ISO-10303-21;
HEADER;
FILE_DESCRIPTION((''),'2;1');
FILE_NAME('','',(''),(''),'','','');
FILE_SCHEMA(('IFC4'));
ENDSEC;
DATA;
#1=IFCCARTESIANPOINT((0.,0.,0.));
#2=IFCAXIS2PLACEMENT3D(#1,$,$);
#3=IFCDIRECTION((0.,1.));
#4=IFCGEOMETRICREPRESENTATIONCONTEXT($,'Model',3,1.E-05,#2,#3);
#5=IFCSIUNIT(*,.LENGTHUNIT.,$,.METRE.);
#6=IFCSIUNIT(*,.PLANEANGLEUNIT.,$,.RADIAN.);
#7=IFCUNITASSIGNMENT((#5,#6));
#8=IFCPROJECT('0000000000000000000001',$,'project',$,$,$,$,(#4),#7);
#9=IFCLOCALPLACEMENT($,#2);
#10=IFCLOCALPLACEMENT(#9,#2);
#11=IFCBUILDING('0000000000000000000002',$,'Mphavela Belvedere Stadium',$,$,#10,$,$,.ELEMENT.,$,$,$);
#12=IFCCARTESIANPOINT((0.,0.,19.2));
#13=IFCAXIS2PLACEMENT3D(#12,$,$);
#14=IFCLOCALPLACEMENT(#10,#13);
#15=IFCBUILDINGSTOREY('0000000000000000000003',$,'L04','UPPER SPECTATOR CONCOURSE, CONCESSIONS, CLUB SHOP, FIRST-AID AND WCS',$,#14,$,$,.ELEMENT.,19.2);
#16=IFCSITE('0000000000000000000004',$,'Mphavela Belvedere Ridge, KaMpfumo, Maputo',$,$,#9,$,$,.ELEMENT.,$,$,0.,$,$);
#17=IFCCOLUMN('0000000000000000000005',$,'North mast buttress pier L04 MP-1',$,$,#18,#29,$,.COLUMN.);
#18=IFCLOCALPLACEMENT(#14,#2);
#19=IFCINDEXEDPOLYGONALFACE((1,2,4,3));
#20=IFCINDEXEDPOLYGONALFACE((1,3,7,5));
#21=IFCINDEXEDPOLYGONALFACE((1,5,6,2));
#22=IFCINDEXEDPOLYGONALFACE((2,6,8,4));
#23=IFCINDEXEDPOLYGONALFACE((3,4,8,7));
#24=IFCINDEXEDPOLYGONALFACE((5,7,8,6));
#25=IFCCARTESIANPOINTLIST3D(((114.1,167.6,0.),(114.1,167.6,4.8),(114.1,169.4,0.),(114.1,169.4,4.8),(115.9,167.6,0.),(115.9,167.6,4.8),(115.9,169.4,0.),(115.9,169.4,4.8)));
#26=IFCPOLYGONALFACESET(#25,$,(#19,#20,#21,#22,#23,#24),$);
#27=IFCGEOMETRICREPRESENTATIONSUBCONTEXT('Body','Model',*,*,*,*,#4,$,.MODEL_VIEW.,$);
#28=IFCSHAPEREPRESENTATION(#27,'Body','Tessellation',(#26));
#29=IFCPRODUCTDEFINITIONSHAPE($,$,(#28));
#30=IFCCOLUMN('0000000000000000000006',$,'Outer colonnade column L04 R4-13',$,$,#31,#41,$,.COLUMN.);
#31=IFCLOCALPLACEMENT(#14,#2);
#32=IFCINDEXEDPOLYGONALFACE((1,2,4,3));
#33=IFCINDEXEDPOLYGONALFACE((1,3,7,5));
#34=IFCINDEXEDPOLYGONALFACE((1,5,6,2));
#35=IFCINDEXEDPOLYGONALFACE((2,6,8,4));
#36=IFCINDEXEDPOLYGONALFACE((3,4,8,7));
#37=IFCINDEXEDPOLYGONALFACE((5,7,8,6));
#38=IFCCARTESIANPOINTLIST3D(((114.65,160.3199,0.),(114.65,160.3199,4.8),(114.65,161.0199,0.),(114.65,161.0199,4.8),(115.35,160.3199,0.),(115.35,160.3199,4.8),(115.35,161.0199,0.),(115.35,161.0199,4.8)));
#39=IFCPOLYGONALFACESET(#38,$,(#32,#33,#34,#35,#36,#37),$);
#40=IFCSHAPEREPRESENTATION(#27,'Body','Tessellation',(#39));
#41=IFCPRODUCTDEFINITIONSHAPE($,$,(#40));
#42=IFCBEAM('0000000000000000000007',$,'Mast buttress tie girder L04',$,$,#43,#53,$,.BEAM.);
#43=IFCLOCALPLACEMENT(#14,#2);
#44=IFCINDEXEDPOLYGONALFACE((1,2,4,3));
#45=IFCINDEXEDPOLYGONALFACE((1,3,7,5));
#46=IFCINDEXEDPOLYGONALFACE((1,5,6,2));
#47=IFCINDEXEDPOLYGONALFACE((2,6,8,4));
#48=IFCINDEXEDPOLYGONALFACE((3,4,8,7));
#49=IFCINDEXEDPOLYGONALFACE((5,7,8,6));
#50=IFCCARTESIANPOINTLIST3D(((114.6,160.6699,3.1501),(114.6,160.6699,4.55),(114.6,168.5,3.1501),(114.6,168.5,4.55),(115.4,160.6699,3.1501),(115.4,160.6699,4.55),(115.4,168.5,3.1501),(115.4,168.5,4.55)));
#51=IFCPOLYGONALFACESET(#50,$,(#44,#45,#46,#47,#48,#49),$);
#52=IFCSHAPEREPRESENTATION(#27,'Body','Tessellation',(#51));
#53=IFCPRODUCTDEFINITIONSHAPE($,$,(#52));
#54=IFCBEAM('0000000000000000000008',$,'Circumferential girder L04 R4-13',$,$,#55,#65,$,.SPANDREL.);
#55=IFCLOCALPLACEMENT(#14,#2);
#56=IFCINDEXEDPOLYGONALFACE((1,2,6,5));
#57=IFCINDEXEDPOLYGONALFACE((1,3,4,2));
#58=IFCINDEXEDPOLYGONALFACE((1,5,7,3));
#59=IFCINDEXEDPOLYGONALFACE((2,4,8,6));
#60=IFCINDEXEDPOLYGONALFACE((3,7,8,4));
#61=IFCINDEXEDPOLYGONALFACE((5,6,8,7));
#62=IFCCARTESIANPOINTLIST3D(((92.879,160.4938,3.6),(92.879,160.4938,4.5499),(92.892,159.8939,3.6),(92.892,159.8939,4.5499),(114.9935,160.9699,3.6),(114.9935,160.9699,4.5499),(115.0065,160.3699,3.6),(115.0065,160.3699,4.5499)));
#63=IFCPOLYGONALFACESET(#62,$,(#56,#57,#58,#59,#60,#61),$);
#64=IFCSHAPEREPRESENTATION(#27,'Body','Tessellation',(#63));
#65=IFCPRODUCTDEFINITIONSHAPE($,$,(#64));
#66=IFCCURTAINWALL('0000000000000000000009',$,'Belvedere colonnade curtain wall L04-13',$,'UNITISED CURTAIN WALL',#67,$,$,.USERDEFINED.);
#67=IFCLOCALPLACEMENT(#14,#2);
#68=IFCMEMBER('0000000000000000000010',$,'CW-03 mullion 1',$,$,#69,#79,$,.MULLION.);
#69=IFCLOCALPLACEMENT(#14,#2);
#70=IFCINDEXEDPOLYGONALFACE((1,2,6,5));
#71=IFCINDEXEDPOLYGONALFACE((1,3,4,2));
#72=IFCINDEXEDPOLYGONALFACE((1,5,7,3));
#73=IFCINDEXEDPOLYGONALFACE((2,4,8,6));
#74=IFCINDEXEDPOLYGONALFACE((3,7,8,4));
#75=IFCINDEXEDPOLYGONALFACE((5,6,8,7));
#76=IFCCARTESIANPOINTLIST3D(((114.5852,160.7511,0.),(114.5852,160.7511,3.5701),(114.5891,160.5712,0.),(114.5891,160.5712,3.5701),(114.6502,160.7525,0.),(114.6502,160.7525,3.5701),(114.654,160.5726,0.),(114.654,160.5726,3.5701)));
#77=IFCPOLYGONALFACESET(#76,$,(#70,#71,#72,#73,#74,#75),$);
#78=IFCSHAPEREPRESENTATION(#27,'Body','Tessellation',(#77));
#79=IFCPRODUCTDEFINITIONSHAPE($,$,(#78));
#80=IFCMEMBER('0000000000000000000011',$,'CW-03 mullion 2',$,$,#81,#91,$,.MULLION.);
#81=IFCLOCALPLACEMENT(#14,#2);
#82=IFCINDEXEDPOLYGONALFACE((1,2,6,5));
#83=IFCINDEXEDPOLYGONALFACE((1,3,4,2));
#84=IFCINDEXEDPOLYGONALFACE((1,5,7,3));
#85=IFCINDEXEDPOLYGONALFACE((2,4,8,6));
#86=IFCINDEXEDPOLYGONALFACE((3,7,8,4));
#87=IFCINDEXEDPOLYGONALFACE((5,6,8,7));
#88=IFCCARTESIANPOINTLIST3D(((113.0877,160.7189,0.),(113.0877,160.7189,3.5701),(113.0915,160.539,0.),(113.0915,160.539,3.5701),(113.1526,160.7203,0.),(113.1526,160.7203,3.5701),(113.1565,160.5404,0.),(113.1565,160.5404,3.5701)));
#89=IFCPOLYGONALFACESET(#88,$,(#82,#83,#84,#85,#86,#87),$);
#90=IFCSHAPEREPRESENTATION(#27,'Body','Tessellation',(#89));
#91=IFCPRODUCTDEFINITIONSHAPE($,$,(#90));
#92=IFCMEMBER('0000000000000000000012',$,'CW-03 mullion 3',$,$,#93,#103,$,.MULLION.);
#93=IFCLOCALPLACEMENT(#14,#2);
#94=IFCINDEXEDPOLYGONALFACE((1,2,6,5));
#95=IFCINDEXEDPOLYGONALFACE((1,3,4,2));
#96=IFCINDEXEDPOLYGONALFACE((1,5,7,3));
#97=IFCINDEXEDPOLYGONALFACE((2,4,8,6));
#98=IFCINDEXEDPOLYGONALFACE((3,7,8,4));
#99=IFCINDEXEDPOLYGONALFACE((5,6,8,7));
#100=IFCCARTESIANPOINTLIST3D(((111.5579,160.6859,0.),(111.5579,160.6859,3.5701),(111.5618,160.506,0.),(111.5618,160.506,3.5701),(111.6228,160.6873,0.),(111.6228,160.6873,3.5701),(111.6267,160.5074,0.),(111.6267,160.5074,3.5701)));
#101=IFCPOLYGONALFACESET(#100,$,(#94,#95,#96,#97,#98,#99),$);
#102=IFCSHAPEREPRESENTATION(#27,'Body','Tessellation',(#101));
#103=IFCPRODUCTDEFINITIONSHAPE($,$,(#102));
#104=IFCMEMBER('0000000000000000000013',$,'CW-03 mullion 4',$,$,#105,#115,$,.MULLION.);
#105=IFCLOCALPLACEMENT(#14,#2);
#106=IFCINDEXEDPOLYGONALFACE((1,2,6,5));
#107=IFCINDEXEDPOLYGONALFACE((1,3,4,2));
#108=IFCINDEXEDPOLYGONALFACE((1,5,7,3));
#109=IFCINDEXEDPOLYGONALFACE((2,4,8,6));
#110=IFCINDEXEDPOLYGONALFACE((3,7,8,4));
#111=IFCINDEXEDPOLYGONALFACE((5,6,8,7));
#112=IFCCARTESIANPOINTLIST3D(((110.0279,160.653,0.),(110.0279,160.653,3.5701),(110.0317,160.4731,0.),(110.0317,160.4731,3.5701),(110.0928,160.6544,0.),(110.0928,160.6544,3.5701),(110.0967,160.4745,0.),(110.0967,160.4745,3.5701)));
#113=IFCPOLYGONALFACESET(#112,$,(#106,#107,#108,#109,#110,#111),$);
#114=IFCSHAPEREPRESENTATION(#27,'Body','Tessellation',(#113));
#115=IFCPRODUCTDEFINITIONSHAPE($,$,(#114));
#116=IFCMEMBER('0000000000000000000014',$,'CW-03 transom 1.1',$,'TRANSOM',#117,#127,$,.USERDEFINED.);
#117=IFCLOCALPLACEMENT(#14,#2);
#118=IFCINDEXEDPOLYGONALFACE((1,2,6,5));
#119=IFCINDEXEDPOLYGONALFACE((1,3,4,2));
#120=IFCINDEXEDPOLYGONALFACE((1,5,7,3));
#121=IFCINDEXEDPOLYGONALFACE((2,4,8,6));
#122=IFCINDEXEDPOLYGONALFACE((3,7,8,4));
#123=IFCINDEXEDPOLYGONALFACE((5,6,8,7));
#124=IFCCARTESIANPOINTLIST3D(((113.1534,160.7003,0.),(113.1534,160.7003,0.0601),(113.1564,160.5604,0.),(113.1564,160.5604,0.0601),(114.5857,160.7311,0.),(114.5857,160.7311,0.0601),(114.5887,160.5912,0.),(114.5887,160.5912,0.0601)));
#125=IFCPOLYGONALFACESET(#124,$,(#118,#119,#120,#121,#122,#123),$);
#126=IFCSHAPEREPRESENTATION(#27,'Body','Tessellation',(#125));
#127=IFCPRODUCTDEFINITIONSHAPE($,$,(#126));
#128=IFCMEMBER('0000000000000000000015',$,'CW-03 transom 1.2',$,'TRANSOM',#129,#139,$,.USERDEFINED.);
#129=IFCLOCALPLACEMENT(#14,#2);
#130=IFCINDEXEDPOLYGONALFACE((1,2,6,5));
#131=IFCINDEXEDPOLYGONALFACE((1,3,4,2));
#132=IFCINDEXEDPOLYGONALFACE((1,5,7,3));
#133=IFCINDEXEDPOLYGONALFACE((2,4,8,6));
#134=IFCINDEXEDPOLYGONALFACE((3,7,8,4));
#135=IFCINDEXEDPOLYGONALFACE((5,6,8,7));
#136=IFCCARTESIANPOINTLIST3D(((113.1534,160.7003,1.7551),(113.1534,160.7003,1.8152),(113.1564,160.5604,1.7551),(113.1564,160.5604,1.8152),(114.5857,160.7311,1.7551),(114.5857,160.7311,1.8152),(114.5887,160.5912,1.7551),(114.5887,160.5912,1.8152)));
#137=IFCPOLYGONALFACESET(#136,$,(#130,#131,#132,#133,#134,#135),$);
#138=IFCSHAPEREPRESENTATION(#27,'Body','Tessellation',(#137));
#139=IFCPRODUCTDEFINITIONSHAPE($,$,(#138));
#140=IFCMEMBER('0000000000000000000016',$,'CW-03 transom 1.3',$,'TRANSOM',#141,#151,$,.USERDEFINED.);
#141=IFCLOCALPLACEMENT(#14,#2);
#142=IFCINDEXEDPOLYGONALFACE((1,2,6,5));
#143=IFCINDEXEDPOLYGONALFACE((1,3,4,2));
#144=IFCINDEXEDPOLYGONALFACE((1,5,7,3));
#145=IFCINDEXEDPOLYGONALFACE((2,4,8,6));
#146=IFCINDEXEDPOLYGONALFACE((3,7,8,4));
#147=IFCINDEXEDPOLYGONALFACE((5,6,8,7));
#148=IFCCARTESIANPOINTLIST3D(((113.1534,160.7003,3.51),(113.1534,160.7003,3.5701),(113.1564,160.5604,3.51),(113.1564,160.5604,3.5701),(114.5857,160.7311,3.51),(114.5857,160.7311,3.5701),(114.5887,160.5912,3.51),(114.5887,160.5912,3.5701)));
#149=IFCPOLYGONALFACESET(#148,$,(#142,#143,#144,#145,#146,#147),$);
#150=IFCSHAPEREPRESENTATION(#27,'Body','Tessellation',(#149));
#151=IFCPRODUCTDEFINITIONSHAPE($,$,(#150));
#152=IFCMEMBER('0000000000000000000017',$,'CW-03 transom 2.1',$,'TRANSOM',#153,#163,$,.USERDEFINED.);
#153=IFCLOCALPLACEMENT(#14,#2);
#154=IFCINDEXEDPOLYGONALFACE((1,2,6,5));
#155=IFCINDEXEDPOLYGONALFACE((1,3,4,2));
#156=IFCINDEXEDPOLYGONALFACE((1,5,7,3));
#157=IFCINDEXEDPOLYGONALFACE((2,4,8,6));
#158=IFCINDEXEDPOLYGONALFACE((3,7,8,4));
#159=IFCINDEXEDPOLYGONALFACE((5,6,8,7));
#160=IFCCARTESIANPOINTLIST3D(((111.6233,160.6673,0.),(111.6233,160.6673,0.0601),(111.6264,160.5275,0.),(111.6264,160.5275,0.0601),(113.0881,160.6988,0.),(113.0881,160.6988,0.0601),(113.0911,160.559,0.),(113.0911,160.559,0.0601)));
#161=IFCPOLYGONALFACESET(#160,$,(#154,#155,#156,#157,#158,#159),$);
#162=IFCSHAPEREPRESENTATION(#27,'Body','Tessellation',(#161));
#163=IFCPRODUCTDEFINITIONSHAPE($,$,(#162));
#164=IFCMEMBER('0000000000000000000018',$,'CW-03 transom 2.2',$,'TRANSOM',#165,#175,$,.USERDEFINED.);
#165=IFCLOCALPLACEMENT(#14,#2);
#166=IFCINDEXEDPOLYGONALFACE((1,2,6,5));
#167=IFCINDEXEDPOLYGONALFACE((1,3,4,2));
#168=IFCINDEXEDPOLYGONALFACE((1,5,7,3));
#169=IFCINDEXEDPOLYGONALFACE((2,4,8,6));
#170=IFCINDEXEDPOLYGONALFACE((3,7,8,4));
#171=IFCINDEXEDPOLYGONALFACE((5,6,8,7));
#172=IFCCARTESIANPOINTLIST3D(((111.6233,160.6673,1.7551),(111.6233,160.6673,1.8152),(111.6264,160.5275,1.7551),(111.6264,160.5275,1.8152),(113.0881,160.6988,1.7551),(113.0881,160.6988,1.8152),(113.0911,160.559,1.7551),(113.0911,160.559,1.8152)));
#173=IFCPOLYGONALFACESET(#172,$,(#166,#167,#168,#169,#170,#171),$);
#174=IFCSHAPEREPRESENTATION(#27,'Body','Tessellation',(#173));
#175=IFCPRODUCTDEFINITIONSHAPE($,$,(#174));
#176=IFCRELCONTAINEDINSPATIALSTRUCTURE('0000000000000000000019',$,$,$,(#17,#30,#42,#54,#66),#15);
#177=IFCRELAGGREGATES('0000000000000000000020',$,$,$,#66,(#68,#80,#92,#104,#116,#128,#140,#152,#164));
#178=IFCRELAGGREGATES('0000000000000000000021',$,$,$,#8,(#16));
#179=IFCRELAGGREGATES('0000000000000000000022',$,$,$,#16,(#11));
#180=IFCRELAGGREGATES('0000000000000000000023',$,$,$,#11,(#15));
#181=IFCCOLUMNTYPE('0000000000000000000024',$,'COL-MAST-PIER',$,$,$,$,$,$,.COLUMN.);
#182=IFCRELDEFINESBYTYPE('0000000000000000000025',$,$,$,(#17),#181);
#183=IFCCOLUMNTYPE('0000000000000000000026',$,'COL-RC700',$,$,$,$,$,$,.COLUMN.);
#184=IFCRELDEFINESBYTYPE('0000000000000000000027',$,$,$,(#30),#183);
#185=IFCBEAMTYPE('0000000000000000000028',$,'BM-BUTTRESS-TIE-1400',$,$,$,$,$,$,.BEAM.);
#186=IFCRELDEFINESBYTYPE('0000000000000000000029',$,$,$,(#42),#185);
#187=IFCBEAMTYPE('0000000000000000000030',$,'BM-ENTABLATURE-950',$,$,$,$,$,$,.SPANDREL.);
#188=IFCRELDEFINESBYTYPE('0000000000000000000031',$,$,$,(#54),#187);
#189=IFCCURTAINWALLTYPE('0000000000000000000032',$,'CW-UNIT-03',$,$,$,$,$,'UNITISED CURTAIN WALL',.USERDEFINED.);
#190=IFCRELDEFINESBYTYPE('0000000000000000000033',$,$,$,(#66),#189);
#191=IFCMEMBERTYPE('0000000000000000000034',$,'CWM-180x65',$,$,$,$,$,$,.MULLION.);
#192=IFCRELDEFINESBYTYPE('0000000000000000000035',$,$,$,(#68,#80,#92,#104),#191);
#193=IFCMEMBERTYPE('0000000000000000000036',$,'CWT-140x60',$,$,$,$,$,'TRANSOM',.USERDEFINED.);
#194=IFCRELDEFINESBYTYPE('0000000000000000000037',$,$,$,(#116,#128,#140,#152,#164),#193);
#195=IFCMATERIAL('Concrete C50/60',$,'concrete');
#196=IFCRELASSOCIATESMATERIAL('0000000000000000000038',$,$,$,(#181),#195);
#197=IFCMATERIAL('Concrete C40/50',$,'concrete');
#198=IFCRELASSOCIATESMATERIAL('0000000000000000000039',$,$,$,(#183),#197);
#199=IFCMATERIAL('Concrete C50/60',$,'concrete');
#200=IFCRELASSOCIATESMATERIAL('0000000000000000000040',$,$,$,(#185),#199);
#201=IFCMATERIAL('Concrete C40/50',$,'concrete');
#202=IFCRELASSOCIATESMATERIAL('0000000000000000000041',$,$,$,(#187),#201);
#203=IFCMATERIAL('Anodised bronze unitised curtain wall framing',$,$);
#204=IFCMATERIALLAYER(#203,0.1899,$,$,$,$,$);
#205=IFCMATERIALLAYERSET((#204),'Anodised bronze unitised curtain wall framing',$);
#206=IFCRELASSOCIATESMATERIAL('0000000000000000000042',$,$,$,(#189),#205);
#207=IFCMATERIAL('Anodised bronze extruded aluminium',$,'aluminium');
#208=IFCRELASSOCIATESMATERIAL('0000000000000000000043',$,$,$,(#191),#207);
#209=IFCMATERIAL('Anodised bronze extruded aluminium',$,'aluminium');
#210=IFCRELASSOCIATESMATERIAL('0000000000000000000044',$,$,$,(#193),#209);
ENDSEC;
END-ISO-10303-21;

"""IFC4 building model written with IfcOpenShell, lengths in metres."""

from ifc_helpers import new_model, si_unit, direction, frame, origin, origin_2d, place, context, subcontext, project, spatial, rectangle, extrude, material, layer, layer_set, material_profile, profile_set, type_object, element, aggregate, save


model = new_model("IFC4")

# Units and contexts
model_context = context("Model", 3, precision=1e-05, world=origin(), true_north=direction((0.0, 1.0)))
body_context = subcontext(model_context, "Body", "Model", "MODEL_VIEW")
ifc_project = project(units=[si_unit("LENGTHUNIT", "METRE"), si_unit("PLANEANGLEUNIT", "RADIAN")], contexts=[model_context])

# Site, building, storey
site_placement = place(None, origin())
site = spatial("IfcSite", under=ifc_project, at=site_placement, Name="Mphavela Belvedere Ridge, KaMpfumo, Maputo", CompositionType="ELEMENT", RefElevation=0.0)
building_placement = place(site_placement, origin())
building = spatial("IfcBuilding", under=site, at=building_placement, Name="Mphavela Belvedere Stadium", CompositionType="ELEMENT")
storey_placement = place(building_placement, frame((0.0, 0.0, 19.2)))
storey = spatial("IfcBuildingStorey", under=building, at=storey_placement, Name="L04", Description="UPPER SPECTATOR CONCOURSE, CONCESSIONS, CLUB SHOP, FIRST-AID AND WCS", CompositionType="ELEMENT", Elevation=19.2)

# Columns
ifc_material_1 = material(Name="Concrete C50/60", Category="concrete")
ifc_material_profile_1 = material_profile(ifc_material_1, rectangle(XDim=1.8, YDim=1.8, at=origin_2d()), Name="RC 1800x1800")
ifc_profile_set_1 = profile_set([ifc_material_profile_1], Name="Concrete C50/60")
column_type_1 = type_object("IfcColumnType", Name="COL-MAST-PIER", PredefinedType="COLUMN", material=ifc_profile_set_1)
column_1_placement = place(storey_placement, frame((115.0, 168.5, 0.0), z_axis=(0.0, 0.0, 1.0), x_axis=(1.0, 0.0, 0.0)))
element("IfcColumn", 1, at=column_1_placement, inside=storey, type_object=column_type_1, Name="North mast buttress pier L04 MP-1", PredefinedType="COLUMN", context=body_context, shape_type="SweptSolid", body=[
    extrude(rectangle(XDim=1.8, YDim=1.8, at=origin_2d()), origin(), (0.0, 0.0, 1.0), 4.8),
])
ifc_material_2 = material(Name="Concrete C40/50", Category="concrete")
ifc_material_profile_2 = material_profile(ifc_material_2, rectangle(XDim=0.7, YDim=0.7, at=origin_2d()), Name="RC 700x700")
ifc_profile_set_2 = profile_set([ifc_material_profile_2], Name="Concrete C40/50")
column_type_2 = type_object("IfcColumnType", Name="COL-RC700", PredefinedType="COLUMN", material=ifc_profile_set_2)
column_2_placement = place(storey_placement, frame((115.0, 160.6699, 0.0), z_axis=(0.0, 0.0, 1.0), x_axis=(0.0, 1.0, 0.0)))
element("IfcColumn", 2, at=column_2_placement, inside=storey, type_object=column_type_2, Name="Outer colonnade column L04 R4-13", PredefinedType="COLUMN", context=body_context, shape_type="SweptSolid", body=[
    extrude(rectangle(XDim=0.7, YDim=0.7, at=origin_2d()), origin(), (0.0, 0.0, 1.0), 4.8),
])

# Beams
ifc_material_3 = material(Name="Concrete C50/60", Category="concrete")
ifc_material_profile_3 = material_profile(ifc_material_3, rectangle(XDim=0.8, YDim=1.3999, at=origin_2d()), Name="RC 800x1400")
ifc_profile_set_3 = profile_set([ifc_material_profile_3], Name="Concrete C50/60")
beam_type_1 = type_object("IfcBeamType", Name="BM-BUTTRESS-TIE-1400", PredefinedType="BEAM", material=ifc_profile_set_3)
beam_1_placement = place(storey_placement, frame((115.0, 160.6699, 3.8501), z_axis=(0.0, 1.0, 0.0), x_axis=(-1.0, 0.0, 0.0)))
element("IfcBeam", 3, at=beam_1_placement, inside=storey, type_object=beam_type_1, Name="Mast buttress tie girder L04", PredefinedType="BEAM", context=body_context, shape_type="SweptSolid", body=[
    extrude(rectangle(XDim=0.8, YDim=1.3999, at=origin_2d()), origin(), (0.0, 0.0, 1.0), 7.8301),
])
ifc_material_4 = material(Name="Concrete C40/50", Category="concrete")
ifc_material_profile_4 = material_profile(ifc_material_4, rectangle(XDim=0.6001, YDim=0.95, at=origin_2d()), Name="RC 600x950")
ifc_profile_set_4 = profile_set([ifc_material_profile_4], Name="Concrete C40/50")
beam_type_2 = type_object("IfcBeamType", Name="BM-ENTABLATURE-950", PredefinedType="SPANDREL", material=ifc_profile_set_4)
beam_2_placement = place(storey_placement, frame((115.0, 160.6699, 4.075), z_axis=(-0.999768, -0.021523, 0.0), x_axis=(0.021523, -0.999768, 0.0)))
element("IfcBeam", 4, at=beam_2_placement, inside=storey, type_object=beam_type_2, Name="Circumferential girder L04 R4-13", PredefinedType="SPANDREL", context=body_context, shape_type="SweptSolid", body=[
    extrude(rectangle(XDim=0.6001, YDim=0.95, at=origin_2d()), origin(), (0.0, 0.0, 1.0), 22.1196),
])

# Curtain wall, members
ifc_material_5 = material(Name="Anodised bronze unitised curtain wall framing")
ifc_layer_1 = layer(ifc_material_5, 0.1899)
ifc_layer_set_1 = layer_set([ifc_layer_1], Name="Anodised bronze unitised curtain wall framing")
curtain_wall_type = type_object("IfcCurtainWallType", Name="CW-UNIT-03", ElementType="UNITISED CURTAIN WALL", PredefinedType="USERDEFINED", material=ifc_layer_set_1)
curtain_wall_placement = place(storey_placement, origin())
curtain_wall = element("IfcCurtainWall", 5, at=curtain_wall_placement, inside=storey, type_object=curtain_wall_type, Name="Belvedere colonnade curtain wall L04-13", ObjectType="UNITISED CURTAIN WALL", PredefinedType="USERDEFINED")
ifc_material_6 = material(Name="Anodised bronze extruded aluminium", Category="aluminium")
ifc_material_profile_5 = material_profile(ifc_material_6, rectangle(XDim=0.1799, YDim=0.0649, at=origin_2d()), Name="CW-MUL 180x65")
ifc_profile_set_5 = profile_set([ifc_material_profile_5], Name="Anodised bronze extruded aluminium")
member_type_1 = type_object("IfcMemberType", Name="CWM-180x65", PredefinedType="MULLION", material=ifc_profile_set_5)
member_1_placement = place(storey_placement, frame((114.6196, 160.6619, 0.0), z_axis=(0.0, 0.0, 1.0), x_axis=(0.021527, -0.999768, 0.0)))
member_1 = element("IfcMember", 6, at=member_1_placement, type_object=member_type_1, Name="CW-03 mullion 1", PredefinedType="MULLION", context=body_context, shape_type="SweptSolid", body=[
    extrude(rectangle(XDim=0.1799, YDim=0.0649, at=origin_2d()), origin(), (0.0, 0.0, 1.0), 3.5701),
])
member_2_placement = place(storey_placement, frame((113.1221, 160.6296, 0.0), z_axis=(0.0, 0.0, 1.0), x_axis=(0.021527, -0.999768, 0.0)))
member_2 = element("IfcMember", 7, at=member_2_placement, type_object=member_type_1, Name="CW-03 mullion 2", PredefinedType="MULLION", context=body_context, shape_type="SweptSolid", body=[
    extrude(rectangle(XDim=0.1799, YDim=0.0649, at=origin_2d()), origin(), (0.0, 0.0, 1.0), 3.5701),
])
member_3_placement = place(storey_placement, frame((111.5923, 160.5967, 0.0), z_axis=(0.0, 0.0, 1.0), x_axis=(0.021527, -0.999768, 0.0)))
member_3 = element("IfcMember", 8, at=member_3_placement, type_object=member_type_1, Name="CW-03 mullion 3", PredefinedType="MULLION", context=body_context, shape_type="SweptSolid", body=[
    extrude(rectangle(XDim=0.1799, YDim=0.0649, at=origin_2d()), origin(), (0.0, 0.0, 1.0), 3.5701),
])
member_4_placement = place(storey_placement, frame((110.0623, 160.5637, 0.0), z_axis=(0.0, 0.0, 1.0), x_axis=(0.021527, -0.999768, 0.0)))
member_4 = element("IfcMember", 9, at=member_4_placement, type_object=member_type_1, Name="CW-03 mullion 4", PredefinedType="MULLION", context=body_context, shape_type="SweptSolid", body=[
    extrude(rectangle(XDim=0.1799, YDim=0.0649, at=origin_2d()), origin(), (0.0, 0.0, 1.0), 3.5701),
])
ifc_material_7 = material(Name="Anodised bronze extruded aluminium", Category="aluminium")
ifc_material_profile_6 = material_profile(ifc_material_7, rectangle(XDim=0.1399, YDim=0.0601, at=origin_2d()), Name="CW-TRN 140x60")
ifc_profile_set_6 = profile_set([ifc_material_profile_6], Name="Anodised bronze extruded aluminium")
member_type_2 = type_object("IfcMemberType", Name="CWT-140x60", ElementType="TRANSOM", PredefinedType="USERDEFINED", material=ifc_profile_set_6)
member_5_placement = place(storey_placement, frame((114.5872, 160.6611, 0.03), z_axis=(-0.999769, -0.021471, 0.0), x_axis=(0.021471, -0.999769, 0.0)))
member_5 = element("IfcMember", 10, at=member_5_placement, type_object=member_type_2, Name="CW-03 transom 1.1", ObjectType="TRANSOM", PredefinedType="USERDEFINED", context=body_context, shape_type="SweptSolid", body=[
    extrude(rectangle(XDim=0.1399, YDim=0.0601, at=origin_2d()), origin(), (0.0, 0.0, 1.0), 1.4326),
])
member_6_placement = place(storey_placement, frame((114.5872, 160.6611, 1.7852), z_axis=(-0.999769, -0.021471, 0.0), x_axis=(0.021471, -0.999769, 0.0)))
member_6 = element("IfcMember", 11, at=member_6_placement, type_object=member_type_2, Name="CW-03 transom 1.2", ObjectType="TRANSOM", PredefinedType="USERDEFINED", context=body_context, shape_type="SweptSolid", body=[
    extrude(rectangle(XDim=0.1399, YDim=0.0601, at=origin_2d()), origin(), (0.0, 0.0, 1.0), 1.4326),
])
member_7_placement = place(storey_placement, frame((114.5872, 160.6611, 3.54), z_axis=(-0.999769, -0.021471, 0.0), x_axis=(0.021471, -0.999769, 0.0)))
member_7 = element("IfcMember", 12, at=member_7_placement, type_object=member_type_2, Name="CW-03 transom 1.3", ObjectType="TRANSOM", PredefinedType="USERDEFINED", context=body_context, shape_type="SweptSolid", body=[
    extrude(rectangle(XDim=0.1399, YDim=0.0601, at=origin_2d()), origin(), (0.0, 0.0, 1.0), 1.4326),
])
member_8_placement = place(storey_placement, frame((113.0896, 160.6289, 0.03), z_axis=(-0.999769, -0.021495, 0.0), x_axis=(0.021495, -0.999769, 0.0)))
member_8 = element("IfcMember", 13, at=member_8_placement, type_object=member_type_2, Name="CW-03 transom 2.1", ObjectType="TRANSOM", PredefinedType="USERDEFINED", context=body_context, shape_type="SweptSolid", body=[
    extrude(rectangle(XDim=0.1399, YDim=0.0601, at=origin_2d()), origin(), (0.0, 0.0, 1.0), 1.4651),
])
member_9_placement = place(storey_placement, frame((113.0896, 160.6289, 1.7852), z_axis=(-0.999769, -0.021495, 0.0), x_axis=(0.021495, -0.999769, 0.0)))
member_9 = element("IfcMember", 14, at=member_9_placement, type_object=member_type_2, Name="CW-03 transom 2.2", ObjectType="TRANSOM", PredefinedType="USERDEFINED", context=body_context, shape_type="SweptSolid", body=[
    extrude(rectangle(XDim=0.1399, YDim=0.0601, at=origin_2d()), origin(), (0.0, 0.0, 1.0), 1.4651),
])
aggregate(curtain_wall, [member_1, member_2, member_3, member_4, member_5, member_6, member_7, member_8, member_9])

save(model, "model.ifc")
